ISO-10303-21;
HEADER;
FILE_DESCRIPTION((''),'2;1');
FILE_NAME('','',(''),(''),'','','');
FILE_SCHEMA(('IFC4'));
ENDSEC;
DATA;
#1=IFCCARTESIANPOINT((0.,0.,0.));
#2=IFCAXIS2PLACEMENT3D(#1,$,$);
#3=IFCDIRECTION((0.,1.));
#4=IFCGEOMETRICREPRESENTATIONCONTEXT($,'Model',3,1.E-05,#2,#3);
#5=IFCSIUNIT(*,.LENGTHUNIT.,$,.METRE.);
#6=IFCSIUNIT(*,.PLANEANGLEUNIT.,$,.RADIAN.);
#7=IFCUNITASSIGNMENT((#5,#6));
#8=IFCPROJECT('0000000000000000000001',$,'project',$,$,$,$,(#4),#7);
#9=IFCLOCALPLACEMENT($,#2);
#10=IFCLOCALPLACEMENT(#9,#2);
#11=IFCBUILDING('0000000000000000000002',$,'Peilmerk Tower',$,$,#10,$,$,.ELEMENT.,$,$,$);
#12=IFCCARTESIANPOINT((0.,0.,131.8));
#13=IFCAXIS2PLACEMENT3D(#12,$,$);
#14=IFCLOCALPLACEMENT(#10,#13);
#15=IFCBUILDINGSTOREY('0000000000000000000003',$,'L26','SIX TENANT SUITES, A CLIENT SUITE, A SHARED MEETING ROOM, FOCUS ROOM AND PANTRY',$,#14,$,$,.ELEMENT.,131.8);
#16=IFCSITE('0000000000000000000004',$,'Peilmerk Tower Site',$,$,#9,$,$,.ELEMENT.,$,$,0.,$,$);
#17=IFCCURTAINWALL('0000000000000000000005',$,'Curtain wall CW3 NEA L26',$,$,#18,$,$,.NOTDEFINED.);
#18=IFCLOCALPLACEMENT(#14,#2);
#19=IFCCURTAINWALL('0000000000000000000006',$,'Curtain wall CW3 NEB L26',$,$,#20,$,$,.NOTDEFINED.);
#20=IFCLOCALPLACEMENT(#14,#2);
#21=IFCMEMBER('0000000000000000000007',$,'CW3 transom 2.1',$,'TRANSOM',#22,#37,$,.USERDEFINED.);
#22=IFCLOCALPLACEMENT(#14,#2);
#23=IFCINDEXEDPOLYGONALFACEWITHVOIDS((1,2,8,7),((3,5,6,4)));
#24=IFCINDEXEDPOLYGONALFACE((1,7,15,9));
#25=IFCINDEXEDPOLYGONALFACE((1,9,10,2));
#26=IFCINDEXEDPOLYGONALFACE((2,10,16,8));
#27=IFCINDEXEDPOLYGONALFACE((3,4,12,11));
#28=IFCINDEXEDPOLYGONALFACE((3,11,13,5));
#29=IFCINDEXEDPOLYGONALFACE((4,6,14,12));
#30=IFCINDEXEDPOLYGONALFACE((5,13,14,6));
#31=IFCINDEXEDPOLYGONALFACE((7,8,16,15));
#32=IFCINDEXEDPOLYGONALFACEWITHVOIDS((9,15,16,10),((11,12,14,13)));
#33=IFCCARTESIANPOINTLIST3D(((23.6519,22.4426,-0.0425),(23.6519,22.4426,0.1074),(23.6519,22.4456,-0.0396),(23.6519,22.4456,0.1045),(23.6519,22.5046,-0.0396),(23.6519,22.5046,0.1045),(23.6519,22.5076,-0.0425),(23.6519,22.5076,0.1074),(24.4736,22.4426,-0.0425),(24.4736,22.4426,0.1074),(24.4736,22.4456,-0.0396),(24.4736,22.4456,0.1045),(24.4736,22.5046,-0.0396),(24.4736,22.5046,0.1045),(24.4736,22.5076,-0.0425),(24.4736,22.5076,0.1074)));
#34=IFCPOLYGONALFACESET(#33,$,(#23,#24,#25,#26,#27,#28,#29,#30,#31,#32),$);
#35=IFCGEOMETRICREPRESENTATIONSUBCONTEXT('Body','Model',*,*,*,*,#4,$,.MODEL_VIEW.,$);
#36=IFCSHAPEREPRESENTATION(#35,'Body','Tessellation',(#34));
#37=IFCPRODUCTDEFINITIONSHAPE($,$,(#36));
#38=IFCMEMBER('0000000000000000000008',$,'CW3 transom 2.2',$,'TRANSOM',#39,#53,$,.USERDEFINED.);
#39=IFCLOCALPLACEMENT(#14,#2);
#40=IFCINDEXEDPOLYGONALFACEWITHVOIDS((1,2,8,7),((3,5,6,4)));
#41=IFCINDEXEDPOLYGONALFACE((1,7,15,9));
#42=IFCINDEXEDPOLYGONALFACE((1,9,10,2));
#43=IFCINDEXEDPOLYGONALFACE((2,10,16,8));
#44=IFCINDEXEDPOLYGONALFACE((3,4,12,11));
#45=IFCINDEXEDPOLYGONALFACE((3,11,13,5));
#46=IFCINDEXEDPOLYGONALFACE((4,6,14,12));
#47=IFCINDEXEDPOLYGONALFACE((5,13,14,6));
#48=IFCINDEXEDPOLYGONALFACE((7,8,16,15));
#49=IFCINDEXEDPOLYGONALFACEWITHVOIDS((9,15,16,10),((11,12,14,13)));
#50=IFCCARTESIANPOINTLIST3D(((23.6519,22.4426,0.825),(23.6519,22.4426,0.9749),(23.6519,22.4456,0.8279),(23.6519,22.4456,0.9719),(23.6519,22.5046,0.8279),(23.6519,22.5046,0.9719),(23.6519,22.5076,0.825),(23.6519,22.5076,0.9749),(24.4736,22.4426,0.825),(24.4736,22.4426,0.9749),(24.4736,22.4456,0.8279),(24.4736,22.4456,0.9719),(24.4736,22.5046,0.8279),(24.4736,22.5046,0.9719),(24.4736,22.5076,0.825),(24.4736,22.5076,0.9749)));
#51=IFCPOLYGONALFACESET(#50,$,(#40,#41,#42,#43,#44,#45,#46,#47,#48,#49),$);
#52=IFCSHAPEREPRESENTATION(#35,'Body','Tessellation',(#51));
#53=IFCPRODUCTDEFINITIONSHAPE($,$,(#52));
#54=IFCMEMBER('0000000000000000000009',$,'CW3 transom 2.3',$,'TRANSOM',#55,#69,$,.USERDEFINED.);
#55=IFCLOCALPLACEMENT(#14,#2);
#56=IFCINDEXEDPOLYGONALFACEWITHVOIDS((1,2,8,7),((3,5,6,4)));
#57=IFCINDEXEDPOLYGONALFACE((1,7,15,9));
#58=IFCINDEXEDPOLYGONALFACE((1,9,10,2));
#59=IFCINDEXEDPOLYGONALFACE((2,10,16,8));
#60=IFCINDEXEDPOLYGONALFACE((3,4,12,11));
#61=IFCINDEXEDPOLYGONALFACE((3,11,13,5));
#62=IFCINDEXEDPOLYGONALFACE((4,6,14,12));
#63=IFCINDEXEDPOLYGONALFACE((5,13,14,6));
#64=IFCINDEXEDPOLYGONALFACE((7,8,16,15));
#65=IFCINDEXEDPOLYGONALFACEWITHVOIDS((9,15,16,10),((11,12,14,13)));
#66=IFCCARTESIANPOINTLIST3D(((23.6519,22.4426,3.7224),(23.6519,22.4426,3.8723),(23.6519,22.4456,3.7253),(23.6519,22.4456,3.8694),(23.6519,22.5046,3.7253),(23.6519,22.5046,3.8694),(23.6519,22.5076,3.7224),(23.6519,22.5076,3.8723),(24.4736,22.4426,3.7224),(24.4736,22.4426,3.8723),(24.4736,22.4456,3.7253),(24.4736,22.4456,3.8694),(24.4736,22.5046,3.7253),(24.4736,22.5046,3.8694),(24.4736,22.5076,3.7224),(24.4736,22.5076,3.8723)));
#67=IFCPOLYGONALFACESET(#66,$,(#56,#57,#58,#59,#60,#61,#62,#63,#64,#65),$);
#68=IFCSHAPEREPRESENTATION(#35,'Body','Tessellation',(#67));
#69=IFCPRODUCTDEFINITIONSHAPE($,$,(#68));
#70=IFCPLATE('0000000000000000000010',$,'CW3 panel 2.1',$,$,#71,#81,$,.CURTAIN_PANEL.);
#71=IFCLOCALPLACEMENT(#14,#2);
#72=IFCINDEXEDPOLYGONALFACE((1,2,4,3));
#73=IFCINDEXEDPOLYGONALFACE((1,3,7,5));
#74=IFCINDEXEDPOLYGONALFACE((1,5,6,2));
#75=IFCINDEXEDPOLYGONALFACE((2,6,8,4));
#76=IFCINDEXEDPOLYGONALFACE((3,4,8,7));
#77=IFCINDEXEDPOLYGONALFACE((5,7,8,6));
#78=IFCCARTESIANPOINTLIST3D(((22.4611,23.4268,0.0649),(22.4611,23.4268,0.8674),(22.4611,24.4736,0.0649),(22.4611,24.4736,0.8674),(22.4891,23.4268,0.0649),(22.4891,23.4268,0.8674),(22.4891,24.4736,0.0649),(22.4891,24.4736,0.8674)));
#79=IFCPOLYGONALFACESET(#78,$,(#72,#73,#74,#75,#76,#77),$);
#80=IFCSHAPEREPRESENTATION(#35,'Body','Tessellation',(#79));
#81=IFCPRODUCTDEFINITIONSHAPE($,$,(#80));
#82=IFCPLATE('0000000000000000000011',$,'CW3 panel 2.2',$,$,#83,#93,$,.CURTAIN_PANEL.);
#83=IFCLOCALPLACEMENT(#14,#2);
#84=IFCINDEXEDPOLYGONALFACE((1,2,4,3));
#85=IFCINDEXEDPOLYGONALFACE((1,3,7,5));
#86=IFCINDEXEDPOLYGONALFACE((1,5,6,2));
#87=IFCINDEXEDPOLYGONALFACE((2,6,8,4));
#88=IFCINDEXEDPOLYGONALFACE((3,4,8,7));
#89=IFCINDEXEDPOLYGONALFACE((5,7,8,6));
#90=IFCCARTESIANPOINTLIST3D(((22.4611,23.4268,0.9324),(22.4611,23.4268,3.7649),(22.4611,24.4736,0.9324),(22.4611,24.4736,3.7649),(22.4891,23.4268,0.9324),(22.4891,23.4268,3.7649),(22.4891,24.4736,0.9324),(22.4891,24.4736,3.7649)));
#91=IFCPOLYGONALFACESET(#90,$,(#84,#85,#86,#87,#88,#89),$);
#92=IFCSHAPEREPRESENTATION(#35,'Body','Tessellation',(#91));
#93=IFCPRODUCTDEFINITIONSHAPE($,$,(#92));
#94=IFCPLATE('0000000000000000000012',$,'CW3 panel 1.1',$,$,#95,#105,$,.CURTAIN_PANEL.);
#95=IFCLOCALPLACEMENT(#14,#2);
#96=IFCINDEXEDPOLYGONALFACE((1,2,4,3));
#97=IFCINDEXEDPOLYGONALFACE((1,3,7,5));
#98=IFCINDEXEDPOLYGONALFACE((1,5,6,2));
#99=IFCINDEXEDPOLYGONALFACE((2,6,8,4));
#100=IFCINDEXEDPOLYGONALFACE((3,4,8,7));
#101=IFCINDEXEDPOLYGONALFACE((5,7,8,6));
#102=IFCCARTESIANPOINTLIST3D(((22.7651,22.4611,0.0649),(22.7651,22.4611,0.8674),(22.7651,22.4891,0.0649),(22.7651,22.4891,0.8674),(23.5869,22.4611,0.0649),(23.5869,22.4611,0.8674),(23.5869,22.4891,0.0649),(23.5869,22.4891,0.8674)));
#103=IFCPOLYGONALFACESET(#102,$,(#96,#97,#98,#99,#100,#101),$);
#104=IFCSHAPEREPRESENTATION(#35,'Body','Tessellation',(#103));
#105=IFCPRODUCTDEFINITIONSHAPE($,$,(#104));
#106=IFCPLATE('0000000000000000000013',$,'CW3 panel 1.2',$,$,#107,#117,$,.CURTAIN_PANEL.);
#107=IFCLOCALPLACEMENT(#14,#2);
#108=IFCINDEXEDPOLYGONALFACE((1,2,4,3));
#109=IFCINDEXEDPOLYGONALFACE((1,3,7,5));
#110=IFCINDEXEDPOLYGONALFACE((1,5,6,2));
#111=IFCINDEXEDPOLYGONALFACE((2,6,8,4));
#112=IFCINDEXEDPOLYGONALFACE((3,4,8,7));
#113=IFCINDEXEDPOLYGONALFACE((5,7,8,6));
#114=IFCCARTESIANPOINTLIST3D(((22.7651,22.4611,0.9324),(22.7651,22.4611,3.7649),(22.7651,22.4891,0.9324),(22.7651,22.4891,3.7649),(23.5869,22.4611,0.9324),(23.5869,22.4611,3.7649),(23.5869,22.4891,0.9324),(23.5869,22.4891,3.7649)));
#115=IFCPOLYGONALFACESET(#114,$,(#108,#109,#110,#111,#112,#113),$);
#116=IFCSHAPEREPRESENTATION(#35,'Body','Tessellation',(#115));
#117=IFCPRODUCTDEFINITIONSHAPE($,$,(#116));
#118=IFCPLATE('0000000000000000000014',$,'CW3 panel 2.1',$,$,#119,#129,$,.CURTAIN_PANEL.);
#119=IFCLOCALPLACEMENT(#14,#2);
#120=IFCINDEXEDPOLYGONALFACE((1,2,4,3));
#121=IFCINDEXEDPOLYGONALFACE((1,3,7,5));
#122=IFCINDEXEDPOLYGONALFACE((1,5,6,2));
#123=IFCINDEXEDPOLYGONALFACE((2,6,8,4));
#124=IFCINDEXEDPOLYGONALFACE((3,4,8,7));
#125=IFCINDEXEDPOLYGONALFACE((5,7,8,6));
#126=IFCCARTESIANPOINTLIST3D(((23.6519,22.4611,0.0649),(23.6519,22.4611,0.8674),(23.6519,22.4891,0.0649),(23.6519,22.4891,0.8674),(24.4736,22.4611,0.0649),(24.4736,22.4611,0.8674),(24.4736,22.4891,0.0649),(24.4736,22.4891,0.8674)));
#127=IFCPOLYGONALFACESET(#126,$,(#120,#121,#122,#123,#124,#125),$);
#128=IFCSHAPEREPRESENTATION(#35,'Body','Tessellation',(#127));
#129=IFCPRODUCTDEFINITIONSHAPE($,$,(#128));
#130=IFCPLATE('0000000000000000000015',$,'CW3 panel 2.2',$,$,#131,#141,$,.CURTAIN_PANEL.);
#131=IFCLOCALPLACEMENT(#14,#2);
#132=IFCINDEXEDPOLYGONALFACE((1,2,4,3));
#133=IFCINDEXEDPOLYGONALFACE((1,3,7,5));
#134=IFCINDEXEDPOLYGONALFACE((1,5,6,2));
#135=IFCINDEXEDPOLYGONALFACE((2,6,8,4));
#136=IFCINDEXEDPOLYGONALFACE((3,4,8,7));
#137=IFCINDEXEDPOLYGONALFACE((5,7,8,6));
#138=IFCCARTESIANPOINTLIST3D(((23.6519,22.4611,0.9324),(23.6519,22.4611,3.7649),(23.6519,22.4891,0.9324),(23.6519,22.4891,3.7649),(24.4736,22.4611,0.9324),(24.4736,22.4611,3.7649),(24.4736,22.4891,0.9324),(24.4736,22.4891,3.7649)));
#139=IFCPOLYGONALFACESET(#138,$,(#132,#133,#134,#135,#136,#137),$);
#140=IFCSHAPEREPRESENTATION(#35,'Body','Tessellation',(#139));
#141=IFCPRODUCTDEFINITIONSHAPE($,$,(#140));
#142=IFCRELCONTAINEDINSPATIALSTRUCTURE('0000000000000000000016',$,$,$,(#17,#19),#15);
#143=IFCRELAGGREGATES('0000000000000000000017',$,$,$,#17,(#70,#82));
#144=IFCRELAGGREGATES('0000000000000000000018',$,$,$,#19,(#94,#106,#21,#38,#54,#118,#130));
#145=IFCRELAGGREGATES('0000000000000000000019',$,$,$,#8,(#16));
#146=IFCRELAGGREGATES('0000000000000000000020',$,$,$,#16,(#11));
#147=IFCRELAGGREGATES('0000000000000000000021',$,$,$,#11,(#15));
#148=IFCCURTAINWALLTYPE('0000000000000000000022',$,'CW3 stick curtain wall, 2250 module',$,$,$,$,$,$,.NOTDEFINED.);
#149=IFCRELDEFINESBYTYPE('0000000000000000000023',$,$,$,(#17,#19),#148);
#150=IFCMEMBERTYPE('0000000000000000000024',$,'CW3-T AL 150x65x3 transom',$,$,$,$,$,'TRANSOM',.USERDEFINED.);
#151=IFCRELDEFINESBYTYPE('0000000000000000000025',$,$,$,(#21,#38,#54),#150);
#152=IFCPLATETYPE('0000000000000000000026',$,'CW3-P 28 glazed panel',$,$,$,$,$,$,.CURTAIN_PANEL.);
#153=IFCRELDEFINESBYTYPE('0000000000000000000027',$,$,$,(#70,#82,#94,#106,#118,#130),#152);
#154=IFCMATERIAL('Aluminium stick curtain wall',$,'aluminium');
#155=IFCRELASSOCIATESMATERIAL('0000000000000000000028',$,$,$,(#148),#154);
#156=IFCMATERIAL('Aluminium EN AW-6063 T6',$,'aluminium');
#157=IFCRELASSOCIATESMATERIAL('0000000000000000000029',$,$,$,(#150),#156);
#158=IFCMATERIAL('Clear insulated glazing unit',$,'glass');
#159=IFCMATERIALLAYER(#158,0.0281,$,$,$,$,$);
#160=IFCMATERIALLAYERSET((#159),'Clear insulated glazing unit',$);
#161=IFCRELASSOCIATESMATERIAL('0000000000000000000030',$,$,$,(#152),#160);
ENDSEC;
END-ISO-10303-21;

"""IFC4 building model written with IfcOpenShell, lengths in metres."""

from ifc_helpers import new_model, si_unit, direction, frame, origin, origin_2d, place, context, subcontext, project, spatial, rectangle, hollow_rectangle, extrude, material, layer, layer_set, material_profile, profile_set, type_object, element, aggregate, save


model = new_model("IFC4")

# Units and contexts
model_context = context("Model", 3, precision=1e-05, world=origin(), true_north=direction((0.0, 1.0)))
body_context = subcontext(model_context, "Body", "Model", "MODEL_VIEW")
ifc_project = project(units=[si_unit("LENGTHUNIT", "METRE"), si_unit("PLANEANGLEUNIT", "RADIAN")], contexts=[model_context])

# Site, building, storey
site_placement = place(None, origin())
site = spatial("IfcSite", under=ifc_project, at=site_placement, Name="Peilmerk Tower Site", CompositionType="ELEMENT", RefElevation=0.0)
building_placement = place(site_placement, origin())
building = spatial("IfcBuilding", under=site, at=building_placement, Name="Peilmerk Tower", CompositionType="ELEMENT")
storey_placement = place(building_placement, frame((0.0, 0.0, 131.8)))
storey = spatial("IfcBuildingStorey", under=building, at=storey_placement, Name="L26", Description="SIX TENANT SUITES, A CLIENT SUITE, A SHARED MEETING ROOM, FOCUS ROOM AND PANTRY", CompositionType="ELEMENT", Elevation=131.8)

# Curtain wall
ifc_material_1 = material(Name="Aluminium stick curtain wall", Category="aluminium")
curtain_wall_type = type_object("IfcCurtainWallType", Name="CW3 stick curtain wall, 2250 module", PredefinedType="NOTDEFINED", material=ifc_material_1)
curtain_wall_1_placement = place(storey_placement, origin())
curtain_wall_1 = element("IfcCurtainWall", 1, at=curtain_wall_1_placement, inside=storey, type_object=curtain_wall_type, Name="Curtain wall CW3 NEA L26", PredefinedType="NOTDEFINED")
ifc_material_2 = material(Name="Aluminium EN AW-6063 T6", Category="aluminium")

# Curtain wall, members
curtain_wall_2_placement = place(storey_placement, origin())
curtain_wall_2 = element("IfcCurtainWall", 2, at=curtain_wall_2_placement, inside=storey, type_object=curtain_wall_type, Name="Curtain wall CW3 NEB L26", PredefinedType="NOTDEFINED")
ifc_material_profile_1 = material_profile(ifc_material_2, hollow_rectangle(XDim=0.0649, YDim=0.1499, WallThickness=0.0029, at=origin_2d()), Name="AL 150x65x3")
ifc_profile_set_1 = profile_set([ifc_material_profile_1], Name="Aluminium EN AW-6063 T6")
member_type_1 = type_object("IfcMemberType", Name="CW3-T AL 150x65x3 transom", ElementType="TRANSOM", PredefinedType="USERDEFINED", material=ifc_profile_set_1)
member_1_placement = place(storey_placement, frame((23.6519, 22.4751, 0.0325), z_axis=(1.0, 0.0, 0.0), x_axis=(0.0, 1.0, 0.0)))
member_1 = element("IfcMember", 3, at=member_1_placement, type_object=member_type_1, Name="CW3 transom 2.1", ObjectType="TRANSOM", PredefinedType="USERDEFINED", context=body_context, shape_type="SweptSolid", body=[
    extrude(hollow_rectangle(XDim=0.0649, YDim=0.1499, WallThickness=0.0029, at=origin_2d()), origin(), (0.0, 0.0, 1.0), 0.8218),
])
member_2_placement = place(storey_placement, frame((23.6519, 22.4751, 0.8999), z_axis=(1.0, 0.0, 0.0), x_axis=(0.0, 1.0, 0.0)))
member_2 = element("IfcMember", 4, at=member_2_placement, type_object=member_type_1, Name="CW3 transom 2.2", ObjectType="TRANSOM", PredefinedType="USERDEFINED", context=body_context, shape_type="SweptSolid", body=[
    extrude(hollow_rectangle(XDim=0.0649, YDim=0.1499, WallThickness=0.0029, at=origin_2d()), origin(), (0.0, 0.0, 1.0), 0.8218),
])
member_3_placement = place(storey_placement, frame((23.6519, 22.4751, 3.7974), z_axis=(1.0, 0.0, 0.0), x_axis=(0.0, 1.0, 0.0)))
member_3 = element("IfcMember", 5, at=member_3_placement, type_object=member_type_1, Name="CW3 transom 2.3", ObjectType="TRANSOM", PredefinedType="USERDEFINED", context=body_context, shape_type="SweptSolid", body=[
    extrude(hollow_rectangle(XDim=0.0649, YDim=0.1499, WallThickness=0.0029, at=origin_2d()), origin(), (0.0, 0.0, 1.0), 0.8218),
])

# Plates
ifc_material_3 = material(Name="Clear insulated glazing unit", Category="glass")
ifc_layer_1 = layer(ifc_material_3, 0.0281)
ifc_layer_set_1 = layer_set([ifc_layer_1], Name="Clear insulated glazing unit")
plate_type = type_object("IfcPlateType", Name="CW3-P 28 glazed panel", PredefinedType="CURTAIN_PANEL", material=ifc_layer_set_1)
plate_1_placement = place(storey_placement, frame((22.4751, 23.9502, 0.0649), z_axis=(0.0, 0.0, 1.0), x_axis=(0.0, 1.0, 0.0)))
plate_1 = element("IfcPlate", 6, at=plate_1_placement, type_object=plate_type, Name="CW3 panel 2.1", PredefinedType="CURTAIN_PANEL", context=body_context, shape_type="SweptSolid", body=[
    extrude(rectangle(XDim=1.0469, YDim=0.0281, at=origin_2d()), origin(), (0.0, 0.0, 1.0), 0.8025),
])
plate_2_placement = place(storey_placement, frame((22.4751, 23.9502, 0.9324), z_axis=(0.0, 0.0, 1.0), x_axis=(0.0, 1.0, 0.0)))
plate_2 = element("IfcPlate", 7, at=plate_2_placement, type_object=plate_type, Name="CW3 panel 2.2", PredefinedType="CURTAIN_PANEL", context=body_context, shape_type="SweptSolid", body=[
    extrude(rectangle(XDim=1.0469, YDim=0.0281, at=origin_2d()), origin(), (0.0, 0.0, 1.0), 2.8325),
])
aggregate(curtain_wall_1, [plate_1, plate_2])
plate_3_placement = place(storey_placement, frame((23.176, 22.4751, 0.0649), z_axis=(0.0, 0.0, 1.0), x_axis=(1.0, 0.0, 0.0)))
plate_3 = element("IfcPlate", 8, at=plate_3_placement, type_object=plate_type, Name="CW3 panel 1.1", PredefinedType="CURTAIN_PANEL", context=body_context, shape_type="SweptSolid", body=[
    extrude(rectangle(XDim=0.8218, YDim=0.0281, at=origin_2d()), origin(), (0.0, 0.0, 1.0), 0.8025),
])
plate_4_placement = place(storey_placement, frame((23.176, 22.4751, 0.9324), z_axis=(0.0, 0.0, 1.0), x_axis=(1.0, 0.0, 0.0)))
plate_4 = element("IfcPlate", 9, at=plate_4_placement, type_object=plate_type, Name="CW3 panel 1.2", PredefinedType="CURTAIN_PANEL", context=body_context, shape_type="SweptSolid", body=[
    extrude(rectangle(XDim=0.8218, YDim=0.0281, at=origin_2d()), origin(), (0.0, 0.0, 1.0), 2.8325),
])
plate_5_placement = place(storey_placement, frame((24.0627, 22.4751, 0.0649), z_axis=(0.0, 0.0, 1.0), x_axis=(1.0, 0.0, 0.0)))
plate_5 = element("IfcPlate", 10, at=plate_5_placement, type_object=plate_type, Name="CW3 panel 2.1", PredefinedType="CURTAIN_PANEL", context=body_context, shape_type="SweptSolid", body=[
    extrude(rectangle(XDim=0.8218, YDim=0.0281, at=origin_2d()), origin(), (0.0, 0.0, 1.0), 0.8025),
])
plate_6_placement = place(storey_placement, frame((24.0627, 22.4751, 0.9324), z_axis=(0.0, 0.0, 1.0), x_axis=(1.0, 0.0, 0.0)))
plate_6 = element("IfcPlate", 11, at=plate_6_placement, type_object=plate_type, Name="CW3 panel 2.2", PredefinedType="CURTAIN_PANEL", context=body_context, shape_type="SweptSolid", body=[
    extrude(rectangle(XDim=0.8218, YDim=0.0281, at=origin_2d()), origin(), (0.0, 0.0, 1.0), 2.8325),
])
aggregate(curtain_wall_2, [plate_3, plate_4, member_1, member_2, member_3, plate_5, plate_6])

save(model, "model.ifc")
